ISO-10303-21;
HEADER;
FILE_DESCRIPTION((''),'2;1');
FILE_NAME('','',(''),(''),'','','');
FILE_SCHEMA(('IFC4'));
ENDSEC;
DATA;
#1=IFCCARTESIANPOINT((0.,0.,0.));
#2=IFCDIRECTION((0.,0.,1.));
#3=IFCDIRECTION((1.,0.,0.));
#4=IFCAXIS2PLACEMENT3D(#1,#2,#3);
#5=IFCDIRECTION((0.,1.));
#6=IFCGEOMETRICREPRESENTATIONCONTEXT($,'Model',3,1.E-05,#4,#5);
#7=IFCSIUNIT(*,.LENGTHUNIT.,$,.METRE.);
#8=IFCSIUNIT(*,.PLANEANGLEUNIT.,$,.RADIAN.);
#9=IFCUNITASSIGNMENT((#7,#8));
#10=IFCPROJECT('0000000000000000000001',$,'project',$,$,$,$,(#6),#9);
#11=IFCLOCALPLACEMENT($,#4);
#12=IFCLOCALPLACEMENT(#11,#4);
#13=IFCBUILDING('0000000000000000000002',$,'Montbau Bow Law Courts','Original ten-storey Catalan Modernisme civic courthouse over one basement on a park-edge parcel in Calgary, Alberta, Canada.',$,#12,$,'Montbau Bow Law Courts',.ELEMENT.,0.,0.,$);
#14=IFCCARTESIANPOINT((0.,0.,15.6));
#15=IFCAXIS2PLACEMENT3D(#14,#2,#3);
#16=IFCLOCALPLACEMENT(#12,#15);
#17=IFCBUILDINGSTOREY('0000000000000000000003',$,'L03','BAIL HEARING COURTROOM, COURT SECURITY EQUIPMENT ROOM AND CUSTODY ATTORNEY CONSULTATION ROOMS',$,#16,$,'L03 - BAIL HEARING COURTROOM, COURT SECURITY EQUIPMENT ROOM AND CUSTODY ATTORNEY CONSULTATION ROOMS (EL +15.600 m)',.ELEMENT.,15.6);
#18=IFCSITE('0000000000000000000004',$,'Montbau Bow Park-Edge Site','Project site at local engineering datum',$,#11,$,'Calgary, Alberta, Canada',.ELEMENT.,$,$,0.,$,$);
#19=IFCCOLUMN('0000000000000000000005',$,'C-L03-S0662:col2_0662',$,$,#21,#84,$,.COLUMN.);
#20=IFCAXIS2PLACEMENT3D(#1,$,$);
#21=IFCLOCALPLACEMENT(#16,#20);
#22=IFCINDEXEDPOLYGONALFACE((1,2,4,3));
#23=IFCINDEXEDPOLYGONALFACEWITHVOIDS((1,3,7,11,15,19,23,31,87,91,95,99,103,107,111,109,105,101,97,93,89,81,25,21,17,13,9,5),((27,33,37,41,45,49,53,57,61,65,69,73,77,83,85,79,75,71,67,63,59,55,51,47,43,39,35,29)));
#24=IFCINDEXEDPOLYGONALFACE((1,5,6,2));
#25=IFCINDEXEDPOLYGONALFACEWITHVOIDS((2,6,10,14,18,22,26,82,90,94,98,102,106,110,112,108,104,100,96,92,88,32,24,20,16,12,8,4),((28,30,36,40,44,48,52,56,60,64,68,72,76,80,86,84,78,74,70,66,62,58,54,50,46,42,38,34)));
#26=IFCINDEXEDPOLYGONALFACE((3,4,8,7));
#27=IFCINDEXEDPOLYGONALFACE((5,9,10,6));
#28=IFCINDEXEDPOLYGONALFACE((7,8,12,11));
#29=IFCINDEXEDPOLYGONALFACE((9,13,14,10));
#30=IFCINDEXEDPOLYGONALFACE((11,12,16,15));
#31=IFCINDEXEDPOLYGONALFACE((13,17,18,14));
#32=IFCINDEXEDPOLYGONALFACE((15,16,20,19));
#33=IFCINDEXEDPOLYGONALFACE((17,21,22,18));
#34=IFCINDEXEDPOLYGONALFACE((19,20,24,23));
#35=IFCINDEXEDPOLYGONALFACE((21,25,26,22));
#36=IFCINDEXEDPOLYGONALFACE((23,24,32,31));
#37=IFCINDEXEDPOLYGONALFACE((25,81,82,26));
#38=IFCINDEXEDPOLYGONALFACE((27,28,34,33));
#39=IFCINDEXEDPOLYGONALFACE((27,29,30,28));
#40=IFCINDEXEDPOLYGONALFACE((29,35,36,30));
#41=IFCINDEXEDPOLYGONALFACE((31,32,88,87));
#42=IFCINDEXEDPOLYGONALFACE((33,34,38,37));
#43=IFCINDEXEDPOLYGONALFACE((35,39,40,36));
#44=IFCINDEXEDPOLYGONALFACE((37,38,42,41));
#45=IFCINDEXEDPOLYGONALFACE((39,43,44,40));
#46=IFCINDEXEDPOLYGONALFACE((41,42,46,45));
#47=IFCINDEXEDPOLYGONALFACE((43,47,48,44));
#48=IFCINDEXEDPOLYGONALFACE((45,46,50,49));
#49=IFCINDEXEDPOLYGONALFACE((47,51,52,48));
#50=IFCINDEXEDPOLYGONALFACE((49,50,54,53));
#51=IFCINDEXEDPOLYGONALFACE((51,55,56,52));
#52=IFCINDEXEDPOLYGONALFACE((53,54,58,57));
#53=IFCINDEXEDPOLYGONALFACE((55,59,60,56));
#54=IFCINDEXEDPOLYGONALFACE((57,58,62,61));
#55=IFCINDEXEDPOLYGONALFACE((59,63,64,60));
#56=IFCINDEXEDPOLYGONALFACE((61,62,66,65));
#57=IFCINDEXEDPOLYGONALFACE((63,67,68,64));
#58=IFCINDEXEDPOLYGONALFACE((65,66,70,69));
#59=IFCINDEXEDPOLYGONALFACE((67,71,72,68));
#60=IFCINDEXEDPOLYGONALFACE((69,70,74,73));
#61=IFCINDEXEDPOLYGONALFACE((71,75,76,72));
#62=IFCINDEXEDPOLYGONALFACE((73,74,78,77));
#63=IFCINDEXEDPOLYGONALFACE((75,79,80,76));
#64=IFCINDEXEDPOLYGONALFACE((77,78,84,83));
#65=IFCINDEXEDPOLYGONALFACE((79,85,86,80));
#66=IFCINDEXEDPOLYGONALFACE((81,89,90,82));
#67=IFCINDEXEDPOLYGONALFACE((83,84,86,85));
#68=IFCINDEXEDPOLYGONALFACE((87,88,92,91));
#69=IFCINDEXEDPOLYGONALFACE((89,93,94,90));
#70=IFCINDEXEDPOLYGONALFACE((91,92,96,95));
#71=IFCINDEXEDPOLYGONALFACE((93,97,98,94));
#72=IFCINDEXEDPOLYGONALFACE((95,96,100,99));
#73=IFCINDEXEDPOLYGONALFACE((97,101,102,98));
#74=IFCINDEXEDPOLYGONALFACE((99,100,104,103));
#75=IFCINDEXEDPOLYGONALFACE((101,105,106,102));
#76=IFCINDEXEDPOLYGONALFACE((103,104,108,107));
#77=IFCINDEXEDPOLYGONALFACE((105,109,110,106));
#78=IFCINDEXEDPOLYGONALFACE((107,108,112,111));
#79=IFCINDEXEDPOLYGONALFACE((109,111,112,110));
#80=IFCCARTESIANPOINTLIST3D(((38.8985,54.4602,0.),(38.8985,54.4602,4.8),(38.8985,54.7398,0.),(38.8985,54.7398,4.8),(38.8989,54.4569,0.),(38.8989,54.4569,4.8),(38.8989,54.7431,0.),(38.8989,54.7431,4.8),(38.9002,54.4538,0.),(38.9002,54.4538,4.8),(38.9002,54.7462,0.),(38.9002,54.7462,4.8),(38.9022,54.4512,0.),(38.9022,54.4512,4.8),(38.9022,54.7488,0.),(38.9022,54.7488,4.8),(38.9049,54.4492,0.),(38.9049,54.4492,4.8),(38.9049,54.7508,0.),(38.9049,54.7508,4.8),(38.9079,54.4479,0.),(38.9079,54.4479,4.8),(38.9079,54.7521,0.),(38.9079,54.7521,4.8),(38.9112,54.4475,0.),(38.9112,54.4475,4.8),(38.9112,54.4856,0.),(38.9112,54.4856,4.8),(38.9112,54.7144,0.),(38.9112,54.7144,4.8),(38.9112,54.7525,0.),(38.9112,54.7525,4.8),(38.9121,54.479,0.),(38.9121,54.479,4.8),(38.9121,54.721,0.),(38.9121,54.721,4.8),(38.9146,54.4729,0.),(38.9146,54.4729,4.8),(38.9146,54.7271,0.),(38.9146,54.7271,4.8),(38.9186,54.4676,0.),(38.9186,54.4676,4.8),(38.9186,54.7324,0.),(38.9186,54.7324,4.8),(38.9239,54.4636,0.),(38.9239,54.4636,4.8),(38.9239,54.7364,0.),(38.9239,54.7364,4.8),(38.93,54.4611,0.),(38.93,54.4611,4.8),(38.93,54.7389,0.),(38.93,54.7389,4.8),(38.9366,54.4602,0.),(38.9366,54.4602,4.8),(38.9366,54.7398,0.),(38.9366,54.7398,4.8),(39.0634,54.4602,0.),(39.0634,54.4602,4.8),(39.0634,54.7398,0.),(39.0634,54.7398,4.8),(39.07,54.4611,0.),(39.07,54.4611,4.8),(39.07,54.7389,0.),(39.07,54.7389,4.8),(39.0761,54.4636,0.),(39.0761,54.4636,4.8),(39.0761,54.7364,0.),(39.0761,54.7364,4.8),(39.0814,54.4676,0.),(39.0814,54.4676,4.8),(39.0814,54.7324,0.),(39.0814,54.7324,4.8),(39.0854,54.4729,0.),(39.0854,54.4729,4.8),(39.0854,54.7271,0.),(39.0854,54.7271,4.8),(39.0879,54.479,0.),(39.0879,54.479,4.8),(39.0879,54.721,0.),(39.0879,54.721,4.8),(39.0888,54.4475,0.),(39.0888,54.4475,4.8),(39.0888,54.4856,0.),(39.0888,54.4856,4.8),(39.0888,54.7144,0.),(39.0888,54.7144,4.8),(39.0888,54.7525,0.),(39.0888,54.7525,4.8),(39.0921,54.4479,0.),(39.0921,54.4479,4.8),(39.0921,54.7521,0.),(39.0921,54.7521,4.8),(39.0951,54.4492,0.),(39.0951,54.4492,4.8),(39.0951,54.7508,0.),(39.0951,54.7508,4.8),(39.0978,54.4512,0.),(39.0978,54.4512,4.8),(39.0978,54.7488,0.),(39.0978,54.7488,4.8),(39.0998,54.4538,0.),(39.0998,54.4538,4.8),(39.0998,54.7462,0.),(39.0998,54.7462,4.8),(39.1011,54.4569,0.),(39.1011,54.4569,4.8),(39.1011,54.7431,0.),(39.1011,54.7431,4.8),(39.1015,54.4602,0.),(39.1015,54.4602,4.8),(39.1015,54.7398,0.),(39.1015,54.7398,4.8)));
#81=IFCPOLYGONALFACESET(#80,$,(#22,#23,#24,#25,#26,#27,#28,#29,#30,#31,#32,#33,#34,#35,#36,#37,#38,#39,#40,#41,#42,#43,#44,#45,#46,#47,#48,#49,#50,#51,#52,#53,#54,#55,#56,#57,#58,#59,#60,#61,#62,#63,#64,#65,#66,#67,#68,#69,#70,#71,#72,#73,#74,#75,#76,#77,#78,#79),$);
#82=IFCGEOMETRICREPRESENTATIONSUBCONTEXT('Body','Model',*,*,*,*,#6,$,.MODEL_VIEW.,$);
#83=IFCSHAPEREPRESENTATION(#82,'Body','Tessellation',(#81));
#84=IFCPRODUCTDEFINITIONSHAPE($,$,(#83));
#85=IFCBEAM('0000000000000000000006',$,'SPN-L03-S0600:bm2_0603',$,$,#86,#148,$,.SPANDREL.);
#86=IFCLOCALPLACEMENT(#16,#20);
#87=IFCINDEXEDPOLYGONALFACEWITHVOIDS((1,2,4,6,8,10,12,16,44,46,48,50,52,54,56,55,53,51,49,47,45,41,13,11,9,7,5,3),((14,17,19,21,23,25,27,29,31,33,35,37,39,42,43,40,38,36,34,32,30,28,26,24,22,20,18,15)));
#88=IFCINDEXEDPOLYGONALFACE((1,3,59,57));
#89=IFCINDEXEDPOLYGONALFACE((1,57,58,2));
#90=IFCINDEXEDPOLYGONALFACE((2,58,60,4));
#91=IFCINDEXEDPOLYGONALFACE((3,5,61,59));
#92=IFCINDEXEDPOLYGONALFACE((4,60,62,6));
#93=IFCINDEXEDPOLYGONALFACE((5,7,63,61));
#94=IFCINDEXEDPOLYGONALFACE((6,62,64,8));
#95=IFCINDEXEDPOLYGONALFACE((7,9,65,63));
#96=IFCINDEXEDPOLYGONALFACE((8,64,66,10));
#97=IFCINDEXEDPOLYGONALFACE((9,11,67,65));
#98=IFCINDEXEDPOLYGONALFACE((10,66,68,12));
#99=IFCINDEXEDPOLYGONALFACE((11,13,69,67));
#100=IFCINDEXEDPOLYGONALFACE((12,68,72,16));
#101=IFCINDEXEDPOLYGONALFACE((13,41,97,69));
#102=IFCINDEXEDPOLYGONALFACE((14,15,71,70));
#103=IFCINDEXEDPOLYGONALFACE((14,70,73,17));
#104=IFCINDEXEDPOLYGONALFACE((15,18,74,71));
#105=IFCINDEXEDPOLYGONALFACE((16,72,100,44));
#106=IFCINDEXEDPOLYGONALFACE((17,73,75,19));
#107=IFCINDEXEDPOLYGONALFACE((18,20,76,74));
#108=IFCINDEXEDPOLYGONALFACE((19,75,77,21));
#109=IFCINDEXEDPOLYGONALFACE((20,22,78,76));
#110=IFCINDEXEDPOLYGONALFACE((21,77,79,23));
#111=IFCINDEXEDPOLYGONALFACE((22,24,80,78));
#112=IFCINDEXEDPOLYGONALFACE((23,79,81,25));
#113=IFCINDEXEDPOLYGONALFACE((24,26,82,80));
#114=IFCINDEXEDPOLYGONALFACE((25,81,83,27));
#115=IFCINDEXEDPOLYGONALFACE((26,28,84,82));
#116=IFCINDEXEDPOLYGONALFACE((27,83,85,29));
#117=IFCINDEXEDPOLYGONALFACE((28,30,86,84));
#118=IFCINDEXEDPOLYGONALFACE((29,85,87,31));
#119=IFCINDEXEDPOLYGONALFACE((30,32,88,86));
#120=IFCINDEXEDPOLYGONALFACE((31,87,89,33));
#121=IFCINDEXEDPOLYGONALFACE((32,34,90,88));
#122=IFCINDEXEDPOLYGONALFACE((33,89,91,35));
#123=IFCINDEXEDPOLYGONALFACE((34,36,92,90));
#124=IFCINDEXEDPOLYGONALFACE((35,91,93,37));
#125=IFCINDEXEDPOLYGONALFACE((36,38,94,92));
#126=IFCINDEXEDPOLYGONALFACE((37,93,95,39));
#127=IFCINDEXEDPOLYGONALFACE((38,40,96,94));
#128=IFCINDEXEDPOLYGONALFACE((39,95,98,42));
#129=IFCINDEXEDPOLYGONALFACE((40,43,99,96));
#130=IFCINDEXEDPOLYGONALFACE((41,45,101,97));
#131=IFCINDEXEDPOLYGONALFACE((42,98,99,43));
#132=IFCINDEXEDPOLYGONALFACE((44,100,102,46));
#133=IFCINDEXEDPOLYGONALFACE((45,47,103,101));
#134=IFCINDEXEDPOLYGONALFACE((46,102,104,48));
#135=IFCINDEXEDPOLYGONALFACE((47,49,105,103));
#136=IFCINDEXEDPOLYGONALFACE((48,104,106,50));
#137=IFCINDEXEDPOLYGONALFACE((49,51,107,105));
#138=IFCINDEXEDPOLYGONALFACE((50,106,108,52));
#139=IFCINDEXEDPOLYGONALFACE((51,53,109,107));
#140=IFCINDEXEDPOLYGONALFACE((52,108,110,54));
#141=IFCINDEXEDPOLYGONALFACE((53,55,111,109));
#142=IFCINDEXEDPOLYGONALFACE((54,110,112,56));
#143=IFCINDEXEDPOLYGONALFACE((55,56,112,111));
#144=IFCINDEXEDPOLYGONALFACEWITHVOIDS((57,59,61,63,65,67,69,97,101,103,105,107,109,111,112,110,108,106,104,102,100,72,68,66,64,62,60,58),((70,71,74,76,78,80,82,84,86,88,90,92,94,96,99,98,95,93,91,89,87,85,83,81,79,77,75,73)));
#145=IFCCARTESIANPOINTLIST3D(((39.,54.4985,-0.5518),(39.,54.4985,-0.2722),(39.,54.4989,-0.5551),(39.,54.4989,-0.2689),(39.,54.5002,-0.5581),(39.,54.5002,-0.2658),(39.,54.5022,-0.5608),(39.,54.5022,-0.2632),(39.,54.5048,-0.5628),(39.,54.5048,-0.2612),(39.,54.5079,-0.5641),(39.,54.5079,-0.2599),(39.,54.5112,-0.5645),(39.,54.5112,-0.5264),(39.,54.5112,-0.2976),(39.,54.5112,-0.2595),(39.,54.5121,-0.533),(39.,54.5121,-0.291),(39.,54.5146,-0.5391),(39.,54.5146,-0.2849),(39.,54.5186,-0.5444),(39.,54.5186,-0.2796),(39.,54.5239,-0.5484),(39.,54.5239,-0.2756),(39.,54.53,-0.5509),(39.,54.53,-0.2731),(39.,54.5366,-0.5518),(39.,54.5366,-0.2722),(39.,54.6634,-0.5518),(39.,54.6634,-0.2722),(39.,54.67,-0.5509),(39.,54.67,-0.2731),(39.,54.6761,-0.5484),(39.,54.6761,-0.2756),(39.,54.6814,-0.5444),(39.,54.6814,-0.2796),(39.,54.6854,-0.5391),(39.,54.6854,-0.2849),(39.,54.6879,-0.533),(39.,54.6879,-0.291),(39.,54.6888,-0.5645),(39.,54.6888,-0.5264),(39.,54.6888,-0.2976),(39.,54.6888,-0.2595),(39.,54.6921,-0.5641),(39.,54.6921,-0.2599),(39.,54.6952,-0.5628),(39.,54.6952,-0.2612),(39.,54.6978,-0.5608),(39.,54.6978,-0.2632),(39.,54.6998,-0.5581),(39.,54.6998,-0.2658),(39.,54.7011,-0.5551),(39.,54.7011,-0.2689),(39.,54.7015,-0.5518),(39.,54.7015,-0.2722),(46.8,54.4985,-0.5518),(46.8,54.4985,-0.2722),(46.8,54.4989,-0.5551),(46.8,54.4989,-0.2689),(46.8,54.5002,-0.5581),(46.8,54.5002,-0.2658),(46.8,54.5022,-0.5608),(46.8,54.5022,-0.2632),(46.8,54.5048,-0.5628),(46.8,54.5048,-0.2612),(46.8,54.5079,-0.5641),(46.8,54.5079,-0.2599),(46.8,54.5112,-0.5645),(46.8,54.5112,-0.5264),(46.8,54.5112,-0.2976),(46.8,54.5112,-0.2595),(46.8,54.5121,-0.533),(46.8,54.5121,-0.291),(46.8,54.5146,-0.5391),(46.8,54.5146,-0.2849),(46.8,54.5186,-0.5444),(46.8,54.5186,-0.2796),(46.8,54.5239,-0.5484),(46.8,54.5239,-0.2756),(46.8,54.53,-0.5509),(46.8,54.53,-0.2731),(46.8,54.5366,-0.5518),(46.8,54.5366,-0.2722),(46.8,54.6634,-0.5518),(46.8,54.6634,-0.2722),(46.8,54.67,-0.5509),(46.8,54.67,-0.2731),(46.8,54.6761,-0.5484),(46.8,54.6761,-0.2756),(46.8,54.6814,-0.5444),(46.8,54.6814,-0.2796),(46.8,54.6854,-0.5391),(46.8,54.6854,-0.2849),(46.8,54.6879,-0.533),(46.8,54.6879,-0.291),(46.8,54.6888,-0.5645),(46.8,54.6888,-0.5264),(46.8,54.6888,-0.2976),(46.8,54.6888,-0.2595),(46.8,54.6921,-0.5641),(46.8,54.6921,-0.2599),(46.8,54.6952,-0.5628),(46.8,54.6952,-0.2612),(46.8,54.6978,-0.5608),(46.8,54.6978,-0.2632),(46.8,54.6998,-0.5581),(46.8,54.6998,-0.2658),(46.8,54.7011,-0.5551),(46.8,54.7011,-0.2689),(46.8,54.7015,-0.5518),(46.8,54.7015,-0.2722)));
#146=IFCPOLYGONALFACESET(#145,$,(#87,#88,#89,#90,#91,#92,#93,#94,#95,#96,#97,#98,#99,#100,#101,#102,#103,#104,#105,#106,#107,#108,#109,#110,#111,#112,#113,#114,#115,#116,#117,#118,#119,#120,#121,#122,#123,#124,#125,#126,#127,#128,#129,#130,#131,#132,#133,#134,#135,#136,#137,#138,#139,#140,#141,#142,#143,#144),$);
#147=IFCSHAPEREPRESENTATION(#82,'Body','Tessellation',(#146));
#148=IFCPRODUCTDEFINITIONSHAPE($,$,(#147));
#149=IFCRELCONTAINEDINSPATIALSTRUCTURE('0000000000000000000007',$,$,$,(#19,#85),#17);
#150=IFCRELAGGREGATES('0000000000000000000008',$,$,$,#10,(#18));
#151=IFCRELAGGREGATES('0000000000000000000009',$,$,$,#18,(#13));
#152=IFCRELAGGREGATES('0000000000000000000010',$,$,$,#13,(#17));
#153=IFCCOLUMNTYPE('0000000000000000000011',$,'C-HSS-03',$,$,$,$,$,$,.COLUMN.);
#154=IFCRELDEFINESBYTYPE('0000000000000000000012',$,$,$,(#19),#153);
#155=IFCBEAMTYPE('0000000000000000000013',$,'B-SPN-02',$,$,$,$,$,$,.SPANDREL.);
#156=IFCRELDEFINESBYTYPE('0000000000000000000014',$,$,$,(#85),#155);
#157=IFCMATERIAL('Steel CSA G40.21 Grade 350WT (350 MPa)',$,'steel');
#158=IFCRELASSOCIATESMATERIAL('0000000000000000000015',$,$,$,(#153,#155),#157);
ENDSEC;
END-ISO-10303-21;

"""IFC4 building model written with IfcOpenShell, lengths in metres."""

from ifc_helpers import new_model, si_unit, direction, frame, origin_with_axes, origin_2d_with_axis, place, context, subcontext, project, spatial, hollow_rectangle, extrude, material, material_profile, profile_set, type_object, element, save


model = new_model("IFC4")

# Units and contexts
model_context = context("Model", 3, precision=1e-05, world=origin_with_axes(), true_north=direction((0.0, 1.0)))
body_context = subcontext(model_context, "Body", "Model", "MODEL_VIEW")
ifc_project = project(units=[si_unit("LENGTHUNIT", "METRE"), si_unit("PLANEANGLEUNIT", "RADIAN")], contexts=[model_context])

# Site, building, storey
site_placement = place(None, origin_with_axes())
site = spatial("IfcSite", under=ifc_project, at=site_placement, Name="Montbau Bow Park-Edge Site", Description="Project site at local engineering datum", LongName="Calgary, Alberta, Canada", CompositionType="ELEMENT", RefElevation=0.0)
building_placement = place(site_placement, origin_with_axes())
building = spatial("IfcBuilding", under=site, at=building_placement, Name="Montbau Bow Law Courts", Description="Original ten-storey Catalan Modernisme civic courthouse over one basement on a park-edge parcel in Calgary, Alberta, Canada.", LongName="Montbau Bow Law Courts", CompositionType="ELEMENT", ElevationOfRefHeight=0.0, ElevationOfTerrain=0.0)
storey_placement = place(building_placement, frame((0.0, 0.0, 15.6), z_axis=(0.0, 0.0, 1.0), x_axis=(1.0, 0.0, 0.0)))
storey = spatial("IfcBuildingStorey", under=building, at=storey_placement, Name="L03", Description="BAIL HEARING COURTROOM, COURT SECURITY EQUIPMENT ROOM AND CUSTODY ATTORNEY CONSULTATION ROOMS", LongName="L03 - BAIL HEARING COURTROOM, COURT SECURITY EQUIPMENT ROOM AND CUSTODY ATTORNEY CONSULTATION ROOMS (EL +15.600 m)", CompositionType="ELEMENT", Elevation=15.6)

# Column
ifc_material_1 = material(Name="Steel CSA G40.21 Grade 350WT (350 MPa)", Category="steel")
ifc_material_profile_1 = material_profile(ifc_material_1, hollow_rectangle(XDim=0.203, YDim=0.305, WallThickness=0.0127, InnerFilletRadius=0.0254, OuterFilletRadius=0.0127, at=origin_2d_with_axis()), Name="HSS305X203X13", Category="Main", Priority=0)
ifc_profile_set_1 = profile_set([ifc_material_profile_1], Name="Steel CSA G40.21 Grade 350WT (350 MPa)")
column_type = type_object("IfcColumnType", Name="C-HSS-03", PredefinedType="COLUMN", material=ifc_profile_set_1)
column_placement = place(None, frame((39.0, 54.6, 15.6), z_axis=(0.0, 0.0, 1.0), x_axis=(1.0, 0.0, 0.0)))
element("IfcColumn", 1, at=column_placement, inside=storey, type_object=column_type, Name="C-L03-S0662:col2_0662", PredefinedType="COLUMN", context=body_context, shape_type="SweptSolid", body=[
    extrude(hollow_rectangle(XDim=0.203, YDim=0.305, WallThickness=0.0127, InnerFilletRadius=0.0254, OuterFilletRadius=0.0127, at=origin_2d_with_axis()), origin_with_axes(), (0.0, 0.0, 1.0), 4.8),
])

# Beam
ifc_material_profile_2 = material_profile(ifc_material_1, hollow_rectangle(XDim=0.203, YDim=0.305, WallThickness=0.0127, InnerFilletRadius=0.0254, OuterFilletRadius=0.0127, at=origin_2d_with_axis()), Name="HSS305X203X13", Category="Main", Priority=0)
ifc_profile_set_2 = profile_set([ifc_material_profile_2], Name="Steel CSA G40.21 Grade 350WT (350 MPa)")
beam_type = type_object("IfcBeamType", Name="B-SPN-02", PredefinedType="SPANDREL", material=ifc_profile_set_2)
beam_placement = place(None, frame((39.0, 54.6, 15.188), z_axis=(1.0, 0.0, 0.0), x_axis=(0.0, 1.0, 0.0)))
element("IfcBeam", 2, at=beam_placement, inside=storey, type_object=beam_type, Name="SPN-L03-S0600:bm2_0603", PredefinedType="SPANDREL", context=body_context, shape_type="SweptSolid", body=[
    extrude(hollow_rectangle(XDim=0.203, YDim=0.305, WallThickness=0.0127, InnerFilletRadius=0.0254, OuterFilletRadius=0.0127, at=origin_2d_with_axis()), origin_with_axes(), (0.0, 0.0, 1.0), 7.8),
])

save(model, "model.ifc")
